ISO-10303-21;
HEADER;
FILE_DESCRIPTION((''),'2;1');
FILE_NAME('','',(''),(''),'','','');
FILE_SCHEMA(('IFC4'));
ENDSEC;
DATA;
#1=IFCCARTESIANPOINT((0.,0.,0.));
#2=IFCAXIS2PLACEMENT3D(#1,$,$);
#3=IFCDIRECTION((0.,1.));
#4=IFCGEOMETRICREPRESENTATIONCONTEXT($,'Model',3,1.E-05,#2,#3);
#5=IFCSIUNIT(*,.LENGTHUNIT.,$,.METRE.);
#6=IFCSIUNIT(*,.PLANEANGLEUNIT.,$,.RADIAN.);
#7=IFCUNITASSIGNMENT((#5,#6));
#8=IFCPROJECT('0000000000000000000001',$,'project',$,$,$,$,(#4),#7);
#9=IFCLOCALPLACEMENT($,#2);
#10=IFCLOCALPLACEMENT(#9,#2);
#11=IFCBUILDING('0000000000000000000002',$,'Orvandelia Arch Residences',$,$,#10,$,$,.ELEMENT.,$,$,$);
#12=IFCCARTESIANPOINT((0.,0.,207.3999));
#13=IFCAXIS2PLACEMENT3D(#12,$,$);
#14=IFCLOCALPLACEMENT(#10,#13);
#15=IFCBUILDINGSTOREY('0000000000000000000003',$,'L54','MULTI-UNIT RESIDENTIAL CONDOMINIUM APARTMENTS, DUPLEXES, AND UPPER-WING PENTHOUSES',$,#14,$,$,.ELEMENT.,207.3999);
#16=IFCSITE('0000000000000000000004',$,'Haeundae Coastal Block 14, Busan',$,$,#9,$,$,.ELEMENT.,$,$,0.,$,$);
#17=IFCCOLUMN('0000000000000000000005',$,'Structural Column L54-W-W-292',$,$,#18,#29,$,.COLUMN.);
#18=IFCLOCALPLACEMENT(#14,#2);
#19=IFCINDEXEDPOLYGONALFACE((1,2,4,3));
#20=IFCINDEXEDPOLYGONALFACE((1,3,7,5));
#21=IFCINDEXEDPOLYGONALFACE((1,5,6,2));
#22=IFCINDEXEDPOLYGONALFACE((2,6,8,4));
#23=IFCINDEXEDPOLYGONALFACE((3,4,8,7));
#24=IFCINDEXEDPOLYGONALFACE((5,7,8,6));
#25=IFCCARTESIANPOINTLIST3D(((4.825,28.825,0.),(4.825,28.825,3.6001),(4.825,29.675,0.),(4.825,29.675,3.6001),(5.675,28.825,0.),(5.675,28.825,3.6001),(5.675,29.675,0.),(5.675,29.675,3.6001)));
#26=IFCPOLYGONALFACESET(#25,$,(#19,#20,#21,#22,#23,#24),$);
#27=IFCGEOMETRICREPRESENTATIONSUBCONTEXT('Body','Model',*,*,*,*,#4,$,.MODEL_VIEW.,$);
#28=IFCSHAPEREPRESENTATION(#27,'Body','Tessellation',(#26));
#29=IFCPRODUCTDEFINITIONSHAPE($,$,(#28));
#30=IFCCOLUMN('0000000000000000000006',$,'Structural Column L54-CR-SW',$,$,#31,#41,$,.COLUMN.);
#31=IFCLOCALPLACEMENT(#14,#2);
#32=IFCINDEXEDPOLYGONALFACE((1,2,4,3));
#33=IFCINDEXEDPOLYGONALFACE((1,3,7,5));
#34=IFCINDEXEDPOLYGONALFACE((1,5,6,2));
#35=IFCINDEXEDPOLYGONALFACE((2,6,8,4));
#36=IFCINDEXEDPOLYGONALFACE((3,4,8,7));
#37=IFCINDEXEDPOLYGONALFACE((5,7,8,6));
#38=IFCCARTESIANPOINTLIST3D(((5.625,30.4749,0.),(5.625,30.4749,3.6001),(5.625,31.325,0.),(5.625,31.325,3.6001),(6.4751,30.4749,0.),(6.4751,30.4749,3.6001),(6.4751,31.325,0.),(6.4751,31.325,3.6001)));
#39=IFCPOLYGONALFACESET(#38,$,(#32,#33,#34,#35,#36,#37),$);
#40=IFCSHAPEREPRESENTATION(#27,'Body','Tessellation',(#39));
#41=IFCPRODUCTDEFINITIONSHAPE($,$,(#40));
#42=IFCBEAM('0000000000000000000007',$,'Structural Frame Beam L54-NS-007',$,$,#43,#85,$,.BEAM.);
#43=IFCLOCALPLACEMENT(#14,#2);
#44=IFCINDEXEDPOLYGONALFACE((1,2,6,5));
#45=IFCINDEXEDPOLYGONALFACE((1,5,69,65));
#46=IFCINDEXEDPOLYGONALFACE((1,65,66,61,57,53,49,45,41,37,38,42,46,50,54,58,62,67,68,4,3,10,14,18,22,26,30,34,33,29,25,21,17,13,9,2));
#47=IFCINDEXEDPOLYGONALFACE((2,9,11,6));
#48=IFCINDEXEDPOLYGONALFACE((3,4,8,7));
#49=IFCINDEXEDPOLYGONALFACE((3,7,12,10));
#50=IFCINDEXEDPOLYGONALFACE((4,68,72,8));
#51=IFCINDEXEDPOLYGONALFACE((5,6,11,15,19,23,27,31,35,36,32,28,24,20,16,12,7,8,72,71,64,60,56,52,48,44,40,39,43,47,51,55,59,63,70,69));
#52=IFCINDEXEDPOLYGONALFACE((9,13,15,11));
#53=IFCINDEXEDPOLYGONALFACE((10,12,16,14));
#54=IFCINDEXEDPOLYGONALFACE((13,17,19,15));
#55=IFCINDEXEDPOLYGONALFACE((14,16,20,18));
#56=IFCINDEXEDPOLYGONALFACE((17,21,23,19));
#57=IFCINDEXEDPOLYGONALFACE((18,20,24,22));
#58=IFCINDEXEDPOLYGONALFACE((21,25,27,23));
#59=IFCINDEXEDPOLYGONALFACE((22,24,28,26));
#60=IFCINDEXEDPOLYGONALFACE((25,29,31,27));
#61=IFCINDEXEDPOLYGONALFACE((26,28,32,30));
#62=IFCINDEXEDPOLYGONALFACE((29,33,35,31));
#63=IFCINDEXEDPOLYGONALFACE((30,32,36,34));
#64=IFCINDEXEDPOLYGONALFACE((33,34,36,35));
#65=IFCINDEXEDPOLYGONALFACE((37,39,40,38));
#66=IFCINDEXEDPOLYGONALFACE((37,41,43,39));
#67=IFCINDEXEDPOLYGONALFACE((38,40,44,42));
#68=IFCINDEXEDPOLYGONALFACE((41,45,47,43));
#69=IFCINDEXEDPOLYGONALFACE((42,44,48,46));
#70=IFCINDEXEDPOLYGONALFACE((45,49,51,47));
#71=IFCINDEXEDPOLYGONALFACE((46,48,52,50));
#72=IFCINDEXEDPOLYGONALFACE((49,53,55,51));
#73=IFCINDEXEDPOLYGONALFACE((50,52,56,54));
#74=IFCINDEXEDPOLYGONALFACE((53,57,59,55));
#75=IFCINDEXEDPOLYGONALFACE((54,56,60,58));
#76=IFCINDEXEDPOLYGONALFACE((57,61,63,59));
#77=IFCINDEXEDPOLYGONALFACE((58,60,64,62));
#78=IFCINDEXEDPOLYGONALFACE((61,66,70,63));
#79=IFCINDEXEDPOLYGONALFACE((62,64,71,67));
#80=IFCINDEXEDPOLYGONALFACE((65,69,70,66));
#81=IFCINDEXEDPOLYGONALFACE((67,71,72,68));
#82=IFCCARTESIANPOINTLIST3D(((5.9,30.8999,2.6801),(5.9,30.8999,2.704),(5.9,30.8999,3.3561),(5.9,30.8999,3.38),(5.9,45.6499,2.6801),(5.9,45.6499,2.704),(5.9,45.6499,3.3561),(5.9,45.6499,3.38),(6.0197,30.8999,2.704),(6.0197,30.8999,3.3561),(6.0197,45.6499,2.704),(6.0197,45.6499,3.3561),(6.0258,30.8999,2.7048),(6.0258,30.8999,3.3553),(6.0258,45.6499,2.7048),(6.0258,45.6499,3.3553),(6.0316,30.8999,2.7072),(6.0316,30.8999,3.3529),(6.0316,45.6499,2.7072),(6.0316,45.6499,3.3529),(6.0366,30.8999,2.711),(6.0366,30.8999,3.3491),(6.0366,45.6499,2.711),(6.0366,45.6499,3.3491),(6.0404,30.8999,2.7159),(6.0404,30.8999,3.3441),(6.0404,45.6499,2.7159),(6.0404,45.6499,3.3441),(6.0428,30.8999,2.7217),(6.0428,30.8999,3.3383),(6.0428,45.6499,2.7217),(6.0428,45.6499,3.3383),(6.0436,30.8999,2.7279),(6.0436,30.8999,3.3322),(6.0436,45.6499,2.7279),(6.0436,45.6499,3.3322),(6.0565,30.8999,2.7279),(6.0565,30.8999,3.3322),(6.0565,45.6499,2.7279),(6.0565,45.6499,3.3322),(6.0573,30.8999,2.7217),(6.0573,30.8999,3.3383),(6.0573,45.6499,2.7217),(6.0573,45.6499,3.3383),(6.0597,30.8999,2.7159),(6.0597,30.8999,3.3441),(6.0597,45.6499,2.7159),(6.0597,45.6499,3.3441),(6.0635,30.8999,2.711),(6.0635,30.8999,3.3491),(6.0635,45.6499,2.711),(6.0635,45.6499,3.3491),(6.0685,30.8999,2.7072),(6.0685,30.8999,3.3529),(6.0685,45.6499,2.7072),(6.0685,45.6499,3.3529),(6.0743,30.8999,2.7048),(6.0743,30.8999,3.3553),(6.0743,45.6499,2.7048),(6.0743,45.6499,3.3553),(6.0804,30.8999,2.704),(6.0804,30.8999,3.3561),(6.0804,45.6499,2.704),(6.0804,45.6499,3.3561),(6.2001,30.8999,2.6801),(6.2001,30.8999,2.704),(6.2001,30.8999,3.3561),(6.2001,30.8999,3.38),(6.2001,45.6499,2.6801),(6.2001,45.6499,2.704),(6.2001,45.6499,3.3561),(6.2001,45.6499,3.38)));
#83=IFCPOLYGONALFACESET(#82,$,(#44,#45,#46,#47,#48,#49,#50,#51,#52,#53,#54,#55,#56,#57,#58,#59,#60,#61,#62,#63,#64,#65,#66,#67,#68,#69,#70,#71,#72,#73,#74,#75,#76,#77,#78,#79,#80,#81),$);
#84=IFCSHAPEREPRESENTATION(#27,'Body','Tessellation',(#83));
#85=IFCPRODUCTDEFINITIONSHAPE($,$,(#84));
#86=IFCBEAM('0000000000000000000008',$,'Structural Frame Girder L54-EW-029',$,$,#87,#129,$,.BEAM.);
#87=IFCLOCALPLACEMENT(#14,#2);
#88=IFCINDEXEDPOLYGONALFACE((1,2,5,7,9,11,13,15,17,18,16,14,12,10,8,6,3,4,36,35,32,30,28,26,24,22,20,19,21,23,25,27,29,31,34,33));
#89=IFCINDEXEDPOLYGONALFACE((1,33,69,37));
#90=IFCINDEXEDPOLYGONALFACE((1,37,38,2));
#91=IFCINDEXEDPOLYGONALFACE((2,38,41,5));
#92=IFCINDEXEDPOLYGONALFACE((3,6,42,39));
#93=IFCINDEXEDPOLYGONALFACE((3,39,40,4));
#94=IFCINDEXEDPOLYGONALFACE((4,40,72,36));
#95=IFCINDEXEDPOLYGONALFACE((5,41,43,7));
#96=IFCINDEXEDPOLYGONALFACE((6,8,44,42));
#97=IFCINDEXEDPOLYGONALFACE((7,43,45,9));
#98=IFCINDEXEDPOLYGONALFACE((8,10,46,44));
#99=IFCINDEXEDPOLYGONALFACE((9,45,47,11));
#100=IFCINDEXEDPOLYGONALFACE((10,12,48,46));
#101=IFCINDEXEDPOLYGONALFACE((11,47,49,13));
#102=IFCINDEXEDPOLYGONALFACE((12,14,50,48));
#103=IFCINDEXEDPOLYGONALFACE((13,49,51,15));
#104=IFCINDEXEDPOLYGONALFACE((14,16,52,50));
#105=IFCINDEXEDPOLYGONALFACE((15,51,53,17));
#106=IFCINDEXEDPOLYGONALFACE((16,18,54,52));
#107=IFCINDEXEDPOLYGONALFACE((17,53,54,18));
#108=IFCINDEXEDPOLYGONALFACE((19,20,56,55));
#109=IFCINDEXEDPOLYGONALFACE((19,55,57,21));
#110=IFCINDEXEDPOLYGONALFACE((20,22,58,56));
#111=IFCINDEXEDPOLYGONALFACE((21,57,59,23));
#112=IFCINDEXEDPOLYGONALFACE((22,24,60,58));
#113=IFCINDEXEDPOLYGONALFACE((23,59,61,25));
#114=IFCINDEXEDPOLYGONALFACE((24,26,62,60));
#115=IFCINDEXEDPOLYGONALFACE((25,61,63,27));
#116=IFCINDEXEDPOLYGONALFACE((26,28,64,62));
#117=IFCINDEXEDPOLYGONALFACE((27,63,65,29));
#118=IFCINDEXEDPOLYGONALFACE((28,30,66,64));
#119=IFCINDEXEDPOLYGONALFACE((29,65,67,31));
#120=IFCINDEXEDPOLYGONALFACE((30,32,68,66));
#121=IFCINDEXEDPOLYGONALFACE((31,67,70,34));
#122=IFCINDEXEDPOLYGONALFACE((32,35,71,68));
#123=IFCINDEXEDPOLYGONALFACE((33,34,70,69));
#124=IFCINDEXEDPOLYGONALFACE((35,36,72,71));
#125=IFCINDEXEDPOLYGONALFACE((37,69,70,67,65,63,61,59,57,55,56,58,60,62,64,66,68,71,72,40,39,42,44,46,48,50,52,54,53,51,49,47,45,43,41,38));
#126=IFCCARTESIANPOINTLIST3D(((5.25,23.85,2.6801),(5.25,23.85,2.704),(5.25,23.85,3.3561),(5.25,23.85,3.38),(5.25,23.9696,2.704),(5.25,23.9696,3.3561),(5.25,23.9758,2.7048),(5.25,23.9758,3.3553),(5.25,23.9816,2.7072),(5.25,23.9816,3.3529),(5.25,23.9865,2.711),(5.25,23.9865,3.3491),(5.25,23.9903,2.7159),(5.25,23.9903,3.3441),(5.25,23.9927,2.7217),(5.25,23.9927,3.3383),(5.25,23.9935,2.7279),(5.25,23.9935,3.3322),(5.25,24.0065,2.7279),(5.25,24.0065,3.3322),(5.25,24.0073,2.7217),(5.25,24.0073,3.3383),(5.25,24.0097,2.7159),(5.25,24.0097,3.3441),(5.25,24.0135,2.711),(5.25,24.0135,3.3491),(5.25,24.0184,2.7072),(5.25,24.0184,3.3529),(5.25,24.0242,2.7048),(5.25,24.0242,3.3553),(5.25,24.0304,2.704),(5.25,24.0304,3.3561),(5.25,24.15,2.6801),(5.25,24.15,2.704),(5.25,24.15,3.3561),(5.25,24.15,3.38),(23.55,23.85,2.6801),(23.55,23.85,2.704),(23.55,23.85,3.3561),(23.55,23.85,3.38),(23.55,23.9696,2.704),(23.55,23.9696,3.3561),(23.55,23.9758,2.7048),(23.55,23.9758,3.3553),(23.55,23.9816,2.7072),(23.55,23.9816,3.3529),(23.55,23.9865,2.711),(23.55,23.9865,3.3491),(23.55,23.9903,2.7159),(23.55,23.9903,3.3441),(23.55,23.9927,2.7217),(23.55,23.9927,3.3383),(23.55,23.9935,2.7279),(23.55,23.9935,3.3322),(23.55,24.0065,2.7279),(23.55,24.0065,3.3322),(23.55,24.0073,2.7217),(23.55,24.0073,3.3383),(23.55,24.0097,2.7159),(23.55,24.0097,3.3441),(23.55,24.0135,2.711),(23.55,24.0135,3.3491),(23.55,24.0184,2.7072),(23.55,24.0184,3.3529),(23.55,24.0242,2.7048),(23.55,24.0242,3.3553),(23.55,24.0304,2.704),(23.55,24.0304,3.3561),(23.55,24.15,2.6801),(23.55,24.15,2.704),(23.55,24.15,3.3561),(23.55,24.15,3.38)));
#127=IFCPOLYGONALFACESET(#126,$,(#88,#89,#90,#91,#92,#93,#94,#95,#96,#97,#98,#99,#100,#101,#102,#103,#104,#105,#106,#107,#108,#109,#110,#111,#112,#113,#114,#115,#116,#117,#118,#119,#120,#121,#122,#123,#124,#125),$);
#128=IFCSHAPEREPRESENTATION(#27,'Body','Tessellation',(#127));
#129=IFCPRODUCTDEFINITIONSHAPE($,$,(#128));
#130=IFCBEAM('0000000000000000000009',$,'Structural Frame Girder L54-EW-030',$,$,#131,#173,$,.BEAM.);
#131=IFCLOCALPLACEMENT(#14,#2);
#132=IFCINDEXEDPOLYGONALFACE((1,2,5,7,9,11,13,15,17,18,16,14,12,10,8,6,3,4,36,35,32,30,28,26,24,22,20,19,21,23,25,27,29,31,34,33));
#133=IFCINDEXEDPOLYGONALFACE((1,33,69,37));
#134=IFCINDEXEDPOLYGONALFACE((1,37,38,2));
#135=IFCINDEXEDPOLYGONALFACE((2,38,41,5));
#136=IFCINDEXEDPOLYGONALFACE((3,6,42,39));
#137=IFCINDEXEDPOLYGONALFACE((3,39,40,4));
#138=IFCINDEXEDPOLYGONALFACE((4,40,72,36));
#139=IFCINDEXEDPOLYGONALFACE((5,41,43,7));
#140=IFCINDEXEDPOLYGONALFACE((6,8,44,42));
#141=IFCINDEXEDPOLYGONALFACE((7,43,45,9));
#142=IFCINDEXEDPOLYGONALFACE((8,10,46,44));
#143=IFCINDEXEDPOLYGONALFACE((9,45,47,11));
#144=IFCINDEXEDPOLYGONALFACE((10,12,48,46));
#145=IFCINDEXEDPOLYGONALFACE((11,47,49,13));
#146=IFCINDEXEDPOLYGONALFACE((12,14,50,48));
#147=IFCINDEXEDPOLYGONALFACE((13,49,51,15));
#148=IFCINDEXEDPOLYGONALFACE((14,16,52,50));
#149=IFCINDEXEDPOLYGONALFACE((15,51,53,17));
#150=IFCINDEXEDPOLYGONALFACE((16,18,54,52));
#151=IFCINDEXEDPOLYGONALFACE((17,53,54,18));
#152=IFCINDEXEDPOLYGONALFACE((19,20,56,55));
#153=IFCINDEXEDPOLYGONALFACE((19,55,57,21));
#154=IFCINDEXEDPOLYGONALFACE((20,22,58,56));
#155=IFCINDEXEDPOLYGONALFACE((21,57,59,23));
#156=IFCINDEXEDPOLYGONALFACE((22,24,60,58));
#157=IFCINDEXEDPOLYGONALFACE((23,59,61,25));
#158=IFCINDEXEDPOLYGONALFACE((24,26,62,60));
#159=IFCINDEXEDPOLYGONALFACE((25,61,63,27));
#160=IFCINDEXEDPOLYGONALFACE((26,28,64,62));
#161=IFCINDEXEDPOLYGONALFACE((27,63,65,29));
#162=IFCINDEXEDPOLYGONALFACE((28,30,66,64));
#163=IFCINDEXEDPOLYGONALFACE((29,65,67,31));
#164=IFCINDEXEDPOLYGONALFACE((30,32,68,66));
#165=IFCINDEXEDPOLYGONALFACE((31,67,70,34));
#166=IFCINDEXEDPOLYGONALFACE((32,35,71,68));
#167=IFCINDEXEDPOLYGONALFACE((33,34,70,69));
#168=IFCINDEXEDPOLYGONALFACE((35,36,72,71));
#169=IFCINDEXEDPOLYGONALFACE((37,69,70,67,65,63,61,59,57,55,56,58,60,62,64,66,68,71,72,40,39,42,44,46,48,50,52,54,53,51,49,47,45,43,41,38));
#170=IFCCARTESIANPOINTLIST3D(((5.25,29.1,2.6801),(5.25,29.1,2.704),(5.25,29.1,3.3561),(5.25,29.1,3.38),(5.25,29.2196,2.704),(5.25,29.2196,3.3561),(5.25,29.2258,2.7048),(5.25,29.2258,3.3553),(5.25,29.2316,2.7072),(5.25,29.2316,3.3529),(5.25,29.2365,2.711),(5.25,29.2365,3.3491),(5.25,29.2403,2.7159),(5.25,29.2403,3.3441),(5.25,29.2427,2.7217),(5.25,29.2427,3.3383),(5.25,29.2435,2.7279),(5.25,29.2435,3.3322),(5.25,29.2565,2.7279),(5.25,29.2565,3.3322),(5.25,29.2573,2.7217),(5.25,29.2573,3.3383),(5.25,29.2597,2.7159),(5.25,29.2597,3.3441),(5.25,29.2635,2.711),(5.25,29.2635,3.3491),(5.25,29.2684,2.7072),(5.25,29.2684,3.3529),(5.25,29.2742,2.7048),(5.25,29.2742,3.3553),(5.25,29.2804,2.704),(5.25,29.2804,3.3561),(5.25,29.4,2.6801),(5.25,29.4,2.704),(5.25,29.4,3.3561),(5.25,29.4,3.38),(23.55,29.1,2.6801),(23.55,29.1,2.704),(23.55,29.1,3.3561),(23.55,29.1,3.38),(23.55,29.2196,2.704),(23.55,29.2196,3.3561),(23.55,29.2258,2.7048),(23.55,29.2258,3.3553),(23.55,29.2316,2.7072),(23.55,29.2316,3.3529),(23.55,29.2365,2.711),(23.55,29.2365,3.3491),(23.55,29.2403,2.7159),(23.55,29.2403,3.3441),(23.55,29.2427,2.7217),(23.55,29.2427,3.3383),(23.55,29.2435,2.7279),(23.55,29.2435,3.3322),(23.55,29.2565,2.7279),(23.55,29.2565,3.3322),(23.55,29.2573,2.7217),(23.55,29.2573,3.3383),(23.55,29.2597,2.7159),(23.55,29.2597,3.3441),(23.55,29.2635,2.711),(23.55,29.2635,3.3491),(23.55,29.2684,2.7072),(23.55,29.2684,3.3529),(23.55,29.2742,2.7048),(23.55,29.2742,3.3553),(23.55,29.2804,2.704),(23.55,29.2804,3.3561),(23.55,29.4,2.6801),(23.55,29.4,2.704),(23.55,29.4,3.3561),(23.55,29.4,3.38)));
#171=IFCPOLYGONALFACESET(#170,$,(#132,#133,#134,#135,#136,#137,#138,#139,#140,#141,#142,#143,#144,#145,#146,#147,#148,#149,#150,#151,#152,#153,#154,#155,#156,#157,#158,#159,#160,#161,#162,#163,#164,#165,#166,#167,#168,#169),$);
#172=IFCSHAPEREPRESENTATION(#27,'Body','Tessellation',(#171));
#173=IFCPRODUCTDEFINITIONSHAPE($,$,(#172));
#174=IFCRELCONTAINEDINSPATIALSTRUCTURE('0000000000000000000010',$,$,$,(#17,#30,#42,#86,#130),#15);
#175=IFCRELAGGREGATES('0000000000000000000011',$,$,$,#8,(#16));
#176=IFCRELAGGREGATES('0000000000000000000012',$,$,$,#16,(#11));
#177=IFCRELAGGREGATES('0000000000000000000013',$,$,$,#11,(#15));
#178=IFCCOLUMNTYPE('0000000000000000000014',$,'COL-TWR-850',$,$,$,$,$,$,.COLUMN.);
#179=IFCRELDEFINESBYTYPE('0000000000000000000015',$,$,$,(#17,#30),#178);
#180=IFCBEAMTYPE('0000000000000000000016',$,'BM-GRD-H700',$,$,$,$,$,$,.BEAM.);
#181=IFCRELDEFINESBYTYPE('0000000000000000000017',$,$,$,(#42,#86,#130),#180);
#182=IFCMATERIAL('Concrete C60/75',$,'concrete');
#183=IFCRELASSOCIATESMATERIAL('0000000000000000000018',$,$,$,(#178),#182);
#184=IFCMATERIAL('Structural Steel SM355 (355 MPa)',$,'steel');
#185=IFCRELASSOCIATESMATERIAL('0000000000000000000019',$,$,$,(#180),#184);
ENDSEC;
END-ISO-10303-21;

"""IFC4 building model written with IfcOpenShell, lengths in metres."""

from ifc_helpers import new_model, si_unit, direction, frame, origin, origin_2d, place, context, subcontext, project, spatial, rectangle, i_section, extrude, material, material_profile, profile_set, type_object, element, save


model = new_model("IFC4")

# Units and contexts
model_context = context("Model", 3, precision=1e-05, world=origin(), true_north=direction((0.0, 1.0)))
body_context = subcontext(model_context, "Body", "Model", "MODEL_VIEW")
ifc_project = project(units=[si_unit("LENGTHUNIT", "METRE"), si_unit("PLANEANGLEUNIT", "RADIAN")], contexts=[model_context])

# Site, building, storey
site_placement = place(None, origin())
site = spatial("IfcSite", under=ifc_project, at=site_placement, Name="Haeundae Coastal Block 14, Busan", CompositionType="ELEMENT", RefElevation=0.0)
building_placement = place(site_placement, origin())
building = spatial("IfcBuilding", under=site, at=building_placement, Name="Orvandelia Arch Residences", CompositionType="ELEMENT")
storey_placement = place(building_placement, frame((0.0, 0.0, 207.3999)))
storey = spatial("IfcBuildingStorey", under=building, at=storey_placement, Name="L54", Description="MULTI-UNIT RESIDENTIAL CONDOMINIUM APARTMENTS, DUPLEXES, AND UPPER-WING PENTHOUSES", CompositionType="ELEMENT", Elevation=207.3999)

# Columns
ifc_material_1 = material(Name="Concrete C60/75", Category="concrete")
ifc_material_profile_1 = material_profile(ifc_material_1, rectangle(XDim=0.8501, YDim=0.8501, at=origin_2d()), Name="Concrete C60/75", Category="concrete")
ifc_profile_set_1 = profile_set([ifc_material_profile_1], Name="Concrete C60/75")
column_type = type_object("IfcColumnType", Name="COL-TWR-850", PredefinedType="COLUMN", material=ifc_profile_set_1)
for number, where, z_axis, x_axis, name in (
    (1, (5.25, 29.25, 0.0), (0.0, 0.0, 1.0), (1.0, 0.0, 0.0), "Structural Column L54-W-W-292"),
    (2, (6.05, 30.8999, 0.0), (0.0, 0.0, 1.0), (1.0, 0.0, 0.0), "Structural Column L54-CR-SW"),
):
    element("IfcColumn", number, at=place(storey_placement, frame(where, z_axis=z_axis, x_axis=x_axis)), inside=storey, type_object=column_type, Name=name, PredefinedType="COLUMN", context=body_context, shape_type="SweptSolid", body=[
        extrude(rectangle(XDim=0.8501, YDim=0.8501, at=origin_2d()), origin(), (0.0, 0.0, 1.0), 3.6001),
    ])

# Beams
ifc_material_2 = material(Name="Structural Steel SM355 (355 MPa)", Category="steel")
ifc_material_profile_2 = material_profile(ifc_material_2, i_section(OverallWidth=0.3, OverallDepth=0.7, WebThickness=0.0129, FlangeThickness=0.0239, FilletRadius=0.0239, at=origin_2d()), Name="Structural Steel SM355 (355 MPa)", Category="steel")
ifc_profile_set_2 = profile_set([ifc_material_profile_2], Name="Structural Steel SM355 (355 MPa)")
beam_type_1 = type_object("IfcBeamType", Name="BM-GRD-H700", PredefinedType="BEAM", material=ifc_profile_set_2)
beam_1_placement = place(storey_placement, frame((6.05, 30.8999, 3.03), z_axis=(0.0, 1.0, 0.0), x_axis=(-1.0, 0.0, 0.0)))
element("IfcBeam", 3, at=beam_1_placement, inside=storey, type_object=beam_type_1, Name="Structural Frame Beam L54-NS-007", PredefinedType="BEAM", context=body_context, shape_type="SweptSolid", body=[
    extrude(i_section(OverallWidth=0.3, OverallDepth=0.7, WebThickness=0.0129, FlangeThickness=0.0239, FilletRadius=0.0239, at=origin_2d()), origin(), (0.0, 0.0, 1.0), 14.75),
])
for number, where, z_axis, x_axis, name in (
    (4, (5.25, 24.0, 3.03), (1.0, 0.0, 0.0), (0.0, 1.0, 0.0), "Structural Frame Girder L54-EW-029"),
    (5, (5.25, 29.25, 3.03), (1.0, 0.0, 0.0), (0.0, 1.0, 0.0), "Structural Frame Girder L54-EW-030"),
):
    element("IfcBeam", number, at=place(storey_placement, frame(where, z_axis=z_axis, x_axis=x_axis)), inside=storey, type_object=beam_type_1, Name=name, PredefinedType="BEAM", context=body_context, shape_type="SweptSolid", body=[
        extrude(i_section(OverallWidth=0.3, OverallDepth=0.7, WebThickness=0.0129, FlangeThickness=0.0239, FilletRadius=0.0239, at=origin_2d()), origin(), (0.0, 0.0, 1.0), 18.3),
    ])

save(model, "model.ifc")
